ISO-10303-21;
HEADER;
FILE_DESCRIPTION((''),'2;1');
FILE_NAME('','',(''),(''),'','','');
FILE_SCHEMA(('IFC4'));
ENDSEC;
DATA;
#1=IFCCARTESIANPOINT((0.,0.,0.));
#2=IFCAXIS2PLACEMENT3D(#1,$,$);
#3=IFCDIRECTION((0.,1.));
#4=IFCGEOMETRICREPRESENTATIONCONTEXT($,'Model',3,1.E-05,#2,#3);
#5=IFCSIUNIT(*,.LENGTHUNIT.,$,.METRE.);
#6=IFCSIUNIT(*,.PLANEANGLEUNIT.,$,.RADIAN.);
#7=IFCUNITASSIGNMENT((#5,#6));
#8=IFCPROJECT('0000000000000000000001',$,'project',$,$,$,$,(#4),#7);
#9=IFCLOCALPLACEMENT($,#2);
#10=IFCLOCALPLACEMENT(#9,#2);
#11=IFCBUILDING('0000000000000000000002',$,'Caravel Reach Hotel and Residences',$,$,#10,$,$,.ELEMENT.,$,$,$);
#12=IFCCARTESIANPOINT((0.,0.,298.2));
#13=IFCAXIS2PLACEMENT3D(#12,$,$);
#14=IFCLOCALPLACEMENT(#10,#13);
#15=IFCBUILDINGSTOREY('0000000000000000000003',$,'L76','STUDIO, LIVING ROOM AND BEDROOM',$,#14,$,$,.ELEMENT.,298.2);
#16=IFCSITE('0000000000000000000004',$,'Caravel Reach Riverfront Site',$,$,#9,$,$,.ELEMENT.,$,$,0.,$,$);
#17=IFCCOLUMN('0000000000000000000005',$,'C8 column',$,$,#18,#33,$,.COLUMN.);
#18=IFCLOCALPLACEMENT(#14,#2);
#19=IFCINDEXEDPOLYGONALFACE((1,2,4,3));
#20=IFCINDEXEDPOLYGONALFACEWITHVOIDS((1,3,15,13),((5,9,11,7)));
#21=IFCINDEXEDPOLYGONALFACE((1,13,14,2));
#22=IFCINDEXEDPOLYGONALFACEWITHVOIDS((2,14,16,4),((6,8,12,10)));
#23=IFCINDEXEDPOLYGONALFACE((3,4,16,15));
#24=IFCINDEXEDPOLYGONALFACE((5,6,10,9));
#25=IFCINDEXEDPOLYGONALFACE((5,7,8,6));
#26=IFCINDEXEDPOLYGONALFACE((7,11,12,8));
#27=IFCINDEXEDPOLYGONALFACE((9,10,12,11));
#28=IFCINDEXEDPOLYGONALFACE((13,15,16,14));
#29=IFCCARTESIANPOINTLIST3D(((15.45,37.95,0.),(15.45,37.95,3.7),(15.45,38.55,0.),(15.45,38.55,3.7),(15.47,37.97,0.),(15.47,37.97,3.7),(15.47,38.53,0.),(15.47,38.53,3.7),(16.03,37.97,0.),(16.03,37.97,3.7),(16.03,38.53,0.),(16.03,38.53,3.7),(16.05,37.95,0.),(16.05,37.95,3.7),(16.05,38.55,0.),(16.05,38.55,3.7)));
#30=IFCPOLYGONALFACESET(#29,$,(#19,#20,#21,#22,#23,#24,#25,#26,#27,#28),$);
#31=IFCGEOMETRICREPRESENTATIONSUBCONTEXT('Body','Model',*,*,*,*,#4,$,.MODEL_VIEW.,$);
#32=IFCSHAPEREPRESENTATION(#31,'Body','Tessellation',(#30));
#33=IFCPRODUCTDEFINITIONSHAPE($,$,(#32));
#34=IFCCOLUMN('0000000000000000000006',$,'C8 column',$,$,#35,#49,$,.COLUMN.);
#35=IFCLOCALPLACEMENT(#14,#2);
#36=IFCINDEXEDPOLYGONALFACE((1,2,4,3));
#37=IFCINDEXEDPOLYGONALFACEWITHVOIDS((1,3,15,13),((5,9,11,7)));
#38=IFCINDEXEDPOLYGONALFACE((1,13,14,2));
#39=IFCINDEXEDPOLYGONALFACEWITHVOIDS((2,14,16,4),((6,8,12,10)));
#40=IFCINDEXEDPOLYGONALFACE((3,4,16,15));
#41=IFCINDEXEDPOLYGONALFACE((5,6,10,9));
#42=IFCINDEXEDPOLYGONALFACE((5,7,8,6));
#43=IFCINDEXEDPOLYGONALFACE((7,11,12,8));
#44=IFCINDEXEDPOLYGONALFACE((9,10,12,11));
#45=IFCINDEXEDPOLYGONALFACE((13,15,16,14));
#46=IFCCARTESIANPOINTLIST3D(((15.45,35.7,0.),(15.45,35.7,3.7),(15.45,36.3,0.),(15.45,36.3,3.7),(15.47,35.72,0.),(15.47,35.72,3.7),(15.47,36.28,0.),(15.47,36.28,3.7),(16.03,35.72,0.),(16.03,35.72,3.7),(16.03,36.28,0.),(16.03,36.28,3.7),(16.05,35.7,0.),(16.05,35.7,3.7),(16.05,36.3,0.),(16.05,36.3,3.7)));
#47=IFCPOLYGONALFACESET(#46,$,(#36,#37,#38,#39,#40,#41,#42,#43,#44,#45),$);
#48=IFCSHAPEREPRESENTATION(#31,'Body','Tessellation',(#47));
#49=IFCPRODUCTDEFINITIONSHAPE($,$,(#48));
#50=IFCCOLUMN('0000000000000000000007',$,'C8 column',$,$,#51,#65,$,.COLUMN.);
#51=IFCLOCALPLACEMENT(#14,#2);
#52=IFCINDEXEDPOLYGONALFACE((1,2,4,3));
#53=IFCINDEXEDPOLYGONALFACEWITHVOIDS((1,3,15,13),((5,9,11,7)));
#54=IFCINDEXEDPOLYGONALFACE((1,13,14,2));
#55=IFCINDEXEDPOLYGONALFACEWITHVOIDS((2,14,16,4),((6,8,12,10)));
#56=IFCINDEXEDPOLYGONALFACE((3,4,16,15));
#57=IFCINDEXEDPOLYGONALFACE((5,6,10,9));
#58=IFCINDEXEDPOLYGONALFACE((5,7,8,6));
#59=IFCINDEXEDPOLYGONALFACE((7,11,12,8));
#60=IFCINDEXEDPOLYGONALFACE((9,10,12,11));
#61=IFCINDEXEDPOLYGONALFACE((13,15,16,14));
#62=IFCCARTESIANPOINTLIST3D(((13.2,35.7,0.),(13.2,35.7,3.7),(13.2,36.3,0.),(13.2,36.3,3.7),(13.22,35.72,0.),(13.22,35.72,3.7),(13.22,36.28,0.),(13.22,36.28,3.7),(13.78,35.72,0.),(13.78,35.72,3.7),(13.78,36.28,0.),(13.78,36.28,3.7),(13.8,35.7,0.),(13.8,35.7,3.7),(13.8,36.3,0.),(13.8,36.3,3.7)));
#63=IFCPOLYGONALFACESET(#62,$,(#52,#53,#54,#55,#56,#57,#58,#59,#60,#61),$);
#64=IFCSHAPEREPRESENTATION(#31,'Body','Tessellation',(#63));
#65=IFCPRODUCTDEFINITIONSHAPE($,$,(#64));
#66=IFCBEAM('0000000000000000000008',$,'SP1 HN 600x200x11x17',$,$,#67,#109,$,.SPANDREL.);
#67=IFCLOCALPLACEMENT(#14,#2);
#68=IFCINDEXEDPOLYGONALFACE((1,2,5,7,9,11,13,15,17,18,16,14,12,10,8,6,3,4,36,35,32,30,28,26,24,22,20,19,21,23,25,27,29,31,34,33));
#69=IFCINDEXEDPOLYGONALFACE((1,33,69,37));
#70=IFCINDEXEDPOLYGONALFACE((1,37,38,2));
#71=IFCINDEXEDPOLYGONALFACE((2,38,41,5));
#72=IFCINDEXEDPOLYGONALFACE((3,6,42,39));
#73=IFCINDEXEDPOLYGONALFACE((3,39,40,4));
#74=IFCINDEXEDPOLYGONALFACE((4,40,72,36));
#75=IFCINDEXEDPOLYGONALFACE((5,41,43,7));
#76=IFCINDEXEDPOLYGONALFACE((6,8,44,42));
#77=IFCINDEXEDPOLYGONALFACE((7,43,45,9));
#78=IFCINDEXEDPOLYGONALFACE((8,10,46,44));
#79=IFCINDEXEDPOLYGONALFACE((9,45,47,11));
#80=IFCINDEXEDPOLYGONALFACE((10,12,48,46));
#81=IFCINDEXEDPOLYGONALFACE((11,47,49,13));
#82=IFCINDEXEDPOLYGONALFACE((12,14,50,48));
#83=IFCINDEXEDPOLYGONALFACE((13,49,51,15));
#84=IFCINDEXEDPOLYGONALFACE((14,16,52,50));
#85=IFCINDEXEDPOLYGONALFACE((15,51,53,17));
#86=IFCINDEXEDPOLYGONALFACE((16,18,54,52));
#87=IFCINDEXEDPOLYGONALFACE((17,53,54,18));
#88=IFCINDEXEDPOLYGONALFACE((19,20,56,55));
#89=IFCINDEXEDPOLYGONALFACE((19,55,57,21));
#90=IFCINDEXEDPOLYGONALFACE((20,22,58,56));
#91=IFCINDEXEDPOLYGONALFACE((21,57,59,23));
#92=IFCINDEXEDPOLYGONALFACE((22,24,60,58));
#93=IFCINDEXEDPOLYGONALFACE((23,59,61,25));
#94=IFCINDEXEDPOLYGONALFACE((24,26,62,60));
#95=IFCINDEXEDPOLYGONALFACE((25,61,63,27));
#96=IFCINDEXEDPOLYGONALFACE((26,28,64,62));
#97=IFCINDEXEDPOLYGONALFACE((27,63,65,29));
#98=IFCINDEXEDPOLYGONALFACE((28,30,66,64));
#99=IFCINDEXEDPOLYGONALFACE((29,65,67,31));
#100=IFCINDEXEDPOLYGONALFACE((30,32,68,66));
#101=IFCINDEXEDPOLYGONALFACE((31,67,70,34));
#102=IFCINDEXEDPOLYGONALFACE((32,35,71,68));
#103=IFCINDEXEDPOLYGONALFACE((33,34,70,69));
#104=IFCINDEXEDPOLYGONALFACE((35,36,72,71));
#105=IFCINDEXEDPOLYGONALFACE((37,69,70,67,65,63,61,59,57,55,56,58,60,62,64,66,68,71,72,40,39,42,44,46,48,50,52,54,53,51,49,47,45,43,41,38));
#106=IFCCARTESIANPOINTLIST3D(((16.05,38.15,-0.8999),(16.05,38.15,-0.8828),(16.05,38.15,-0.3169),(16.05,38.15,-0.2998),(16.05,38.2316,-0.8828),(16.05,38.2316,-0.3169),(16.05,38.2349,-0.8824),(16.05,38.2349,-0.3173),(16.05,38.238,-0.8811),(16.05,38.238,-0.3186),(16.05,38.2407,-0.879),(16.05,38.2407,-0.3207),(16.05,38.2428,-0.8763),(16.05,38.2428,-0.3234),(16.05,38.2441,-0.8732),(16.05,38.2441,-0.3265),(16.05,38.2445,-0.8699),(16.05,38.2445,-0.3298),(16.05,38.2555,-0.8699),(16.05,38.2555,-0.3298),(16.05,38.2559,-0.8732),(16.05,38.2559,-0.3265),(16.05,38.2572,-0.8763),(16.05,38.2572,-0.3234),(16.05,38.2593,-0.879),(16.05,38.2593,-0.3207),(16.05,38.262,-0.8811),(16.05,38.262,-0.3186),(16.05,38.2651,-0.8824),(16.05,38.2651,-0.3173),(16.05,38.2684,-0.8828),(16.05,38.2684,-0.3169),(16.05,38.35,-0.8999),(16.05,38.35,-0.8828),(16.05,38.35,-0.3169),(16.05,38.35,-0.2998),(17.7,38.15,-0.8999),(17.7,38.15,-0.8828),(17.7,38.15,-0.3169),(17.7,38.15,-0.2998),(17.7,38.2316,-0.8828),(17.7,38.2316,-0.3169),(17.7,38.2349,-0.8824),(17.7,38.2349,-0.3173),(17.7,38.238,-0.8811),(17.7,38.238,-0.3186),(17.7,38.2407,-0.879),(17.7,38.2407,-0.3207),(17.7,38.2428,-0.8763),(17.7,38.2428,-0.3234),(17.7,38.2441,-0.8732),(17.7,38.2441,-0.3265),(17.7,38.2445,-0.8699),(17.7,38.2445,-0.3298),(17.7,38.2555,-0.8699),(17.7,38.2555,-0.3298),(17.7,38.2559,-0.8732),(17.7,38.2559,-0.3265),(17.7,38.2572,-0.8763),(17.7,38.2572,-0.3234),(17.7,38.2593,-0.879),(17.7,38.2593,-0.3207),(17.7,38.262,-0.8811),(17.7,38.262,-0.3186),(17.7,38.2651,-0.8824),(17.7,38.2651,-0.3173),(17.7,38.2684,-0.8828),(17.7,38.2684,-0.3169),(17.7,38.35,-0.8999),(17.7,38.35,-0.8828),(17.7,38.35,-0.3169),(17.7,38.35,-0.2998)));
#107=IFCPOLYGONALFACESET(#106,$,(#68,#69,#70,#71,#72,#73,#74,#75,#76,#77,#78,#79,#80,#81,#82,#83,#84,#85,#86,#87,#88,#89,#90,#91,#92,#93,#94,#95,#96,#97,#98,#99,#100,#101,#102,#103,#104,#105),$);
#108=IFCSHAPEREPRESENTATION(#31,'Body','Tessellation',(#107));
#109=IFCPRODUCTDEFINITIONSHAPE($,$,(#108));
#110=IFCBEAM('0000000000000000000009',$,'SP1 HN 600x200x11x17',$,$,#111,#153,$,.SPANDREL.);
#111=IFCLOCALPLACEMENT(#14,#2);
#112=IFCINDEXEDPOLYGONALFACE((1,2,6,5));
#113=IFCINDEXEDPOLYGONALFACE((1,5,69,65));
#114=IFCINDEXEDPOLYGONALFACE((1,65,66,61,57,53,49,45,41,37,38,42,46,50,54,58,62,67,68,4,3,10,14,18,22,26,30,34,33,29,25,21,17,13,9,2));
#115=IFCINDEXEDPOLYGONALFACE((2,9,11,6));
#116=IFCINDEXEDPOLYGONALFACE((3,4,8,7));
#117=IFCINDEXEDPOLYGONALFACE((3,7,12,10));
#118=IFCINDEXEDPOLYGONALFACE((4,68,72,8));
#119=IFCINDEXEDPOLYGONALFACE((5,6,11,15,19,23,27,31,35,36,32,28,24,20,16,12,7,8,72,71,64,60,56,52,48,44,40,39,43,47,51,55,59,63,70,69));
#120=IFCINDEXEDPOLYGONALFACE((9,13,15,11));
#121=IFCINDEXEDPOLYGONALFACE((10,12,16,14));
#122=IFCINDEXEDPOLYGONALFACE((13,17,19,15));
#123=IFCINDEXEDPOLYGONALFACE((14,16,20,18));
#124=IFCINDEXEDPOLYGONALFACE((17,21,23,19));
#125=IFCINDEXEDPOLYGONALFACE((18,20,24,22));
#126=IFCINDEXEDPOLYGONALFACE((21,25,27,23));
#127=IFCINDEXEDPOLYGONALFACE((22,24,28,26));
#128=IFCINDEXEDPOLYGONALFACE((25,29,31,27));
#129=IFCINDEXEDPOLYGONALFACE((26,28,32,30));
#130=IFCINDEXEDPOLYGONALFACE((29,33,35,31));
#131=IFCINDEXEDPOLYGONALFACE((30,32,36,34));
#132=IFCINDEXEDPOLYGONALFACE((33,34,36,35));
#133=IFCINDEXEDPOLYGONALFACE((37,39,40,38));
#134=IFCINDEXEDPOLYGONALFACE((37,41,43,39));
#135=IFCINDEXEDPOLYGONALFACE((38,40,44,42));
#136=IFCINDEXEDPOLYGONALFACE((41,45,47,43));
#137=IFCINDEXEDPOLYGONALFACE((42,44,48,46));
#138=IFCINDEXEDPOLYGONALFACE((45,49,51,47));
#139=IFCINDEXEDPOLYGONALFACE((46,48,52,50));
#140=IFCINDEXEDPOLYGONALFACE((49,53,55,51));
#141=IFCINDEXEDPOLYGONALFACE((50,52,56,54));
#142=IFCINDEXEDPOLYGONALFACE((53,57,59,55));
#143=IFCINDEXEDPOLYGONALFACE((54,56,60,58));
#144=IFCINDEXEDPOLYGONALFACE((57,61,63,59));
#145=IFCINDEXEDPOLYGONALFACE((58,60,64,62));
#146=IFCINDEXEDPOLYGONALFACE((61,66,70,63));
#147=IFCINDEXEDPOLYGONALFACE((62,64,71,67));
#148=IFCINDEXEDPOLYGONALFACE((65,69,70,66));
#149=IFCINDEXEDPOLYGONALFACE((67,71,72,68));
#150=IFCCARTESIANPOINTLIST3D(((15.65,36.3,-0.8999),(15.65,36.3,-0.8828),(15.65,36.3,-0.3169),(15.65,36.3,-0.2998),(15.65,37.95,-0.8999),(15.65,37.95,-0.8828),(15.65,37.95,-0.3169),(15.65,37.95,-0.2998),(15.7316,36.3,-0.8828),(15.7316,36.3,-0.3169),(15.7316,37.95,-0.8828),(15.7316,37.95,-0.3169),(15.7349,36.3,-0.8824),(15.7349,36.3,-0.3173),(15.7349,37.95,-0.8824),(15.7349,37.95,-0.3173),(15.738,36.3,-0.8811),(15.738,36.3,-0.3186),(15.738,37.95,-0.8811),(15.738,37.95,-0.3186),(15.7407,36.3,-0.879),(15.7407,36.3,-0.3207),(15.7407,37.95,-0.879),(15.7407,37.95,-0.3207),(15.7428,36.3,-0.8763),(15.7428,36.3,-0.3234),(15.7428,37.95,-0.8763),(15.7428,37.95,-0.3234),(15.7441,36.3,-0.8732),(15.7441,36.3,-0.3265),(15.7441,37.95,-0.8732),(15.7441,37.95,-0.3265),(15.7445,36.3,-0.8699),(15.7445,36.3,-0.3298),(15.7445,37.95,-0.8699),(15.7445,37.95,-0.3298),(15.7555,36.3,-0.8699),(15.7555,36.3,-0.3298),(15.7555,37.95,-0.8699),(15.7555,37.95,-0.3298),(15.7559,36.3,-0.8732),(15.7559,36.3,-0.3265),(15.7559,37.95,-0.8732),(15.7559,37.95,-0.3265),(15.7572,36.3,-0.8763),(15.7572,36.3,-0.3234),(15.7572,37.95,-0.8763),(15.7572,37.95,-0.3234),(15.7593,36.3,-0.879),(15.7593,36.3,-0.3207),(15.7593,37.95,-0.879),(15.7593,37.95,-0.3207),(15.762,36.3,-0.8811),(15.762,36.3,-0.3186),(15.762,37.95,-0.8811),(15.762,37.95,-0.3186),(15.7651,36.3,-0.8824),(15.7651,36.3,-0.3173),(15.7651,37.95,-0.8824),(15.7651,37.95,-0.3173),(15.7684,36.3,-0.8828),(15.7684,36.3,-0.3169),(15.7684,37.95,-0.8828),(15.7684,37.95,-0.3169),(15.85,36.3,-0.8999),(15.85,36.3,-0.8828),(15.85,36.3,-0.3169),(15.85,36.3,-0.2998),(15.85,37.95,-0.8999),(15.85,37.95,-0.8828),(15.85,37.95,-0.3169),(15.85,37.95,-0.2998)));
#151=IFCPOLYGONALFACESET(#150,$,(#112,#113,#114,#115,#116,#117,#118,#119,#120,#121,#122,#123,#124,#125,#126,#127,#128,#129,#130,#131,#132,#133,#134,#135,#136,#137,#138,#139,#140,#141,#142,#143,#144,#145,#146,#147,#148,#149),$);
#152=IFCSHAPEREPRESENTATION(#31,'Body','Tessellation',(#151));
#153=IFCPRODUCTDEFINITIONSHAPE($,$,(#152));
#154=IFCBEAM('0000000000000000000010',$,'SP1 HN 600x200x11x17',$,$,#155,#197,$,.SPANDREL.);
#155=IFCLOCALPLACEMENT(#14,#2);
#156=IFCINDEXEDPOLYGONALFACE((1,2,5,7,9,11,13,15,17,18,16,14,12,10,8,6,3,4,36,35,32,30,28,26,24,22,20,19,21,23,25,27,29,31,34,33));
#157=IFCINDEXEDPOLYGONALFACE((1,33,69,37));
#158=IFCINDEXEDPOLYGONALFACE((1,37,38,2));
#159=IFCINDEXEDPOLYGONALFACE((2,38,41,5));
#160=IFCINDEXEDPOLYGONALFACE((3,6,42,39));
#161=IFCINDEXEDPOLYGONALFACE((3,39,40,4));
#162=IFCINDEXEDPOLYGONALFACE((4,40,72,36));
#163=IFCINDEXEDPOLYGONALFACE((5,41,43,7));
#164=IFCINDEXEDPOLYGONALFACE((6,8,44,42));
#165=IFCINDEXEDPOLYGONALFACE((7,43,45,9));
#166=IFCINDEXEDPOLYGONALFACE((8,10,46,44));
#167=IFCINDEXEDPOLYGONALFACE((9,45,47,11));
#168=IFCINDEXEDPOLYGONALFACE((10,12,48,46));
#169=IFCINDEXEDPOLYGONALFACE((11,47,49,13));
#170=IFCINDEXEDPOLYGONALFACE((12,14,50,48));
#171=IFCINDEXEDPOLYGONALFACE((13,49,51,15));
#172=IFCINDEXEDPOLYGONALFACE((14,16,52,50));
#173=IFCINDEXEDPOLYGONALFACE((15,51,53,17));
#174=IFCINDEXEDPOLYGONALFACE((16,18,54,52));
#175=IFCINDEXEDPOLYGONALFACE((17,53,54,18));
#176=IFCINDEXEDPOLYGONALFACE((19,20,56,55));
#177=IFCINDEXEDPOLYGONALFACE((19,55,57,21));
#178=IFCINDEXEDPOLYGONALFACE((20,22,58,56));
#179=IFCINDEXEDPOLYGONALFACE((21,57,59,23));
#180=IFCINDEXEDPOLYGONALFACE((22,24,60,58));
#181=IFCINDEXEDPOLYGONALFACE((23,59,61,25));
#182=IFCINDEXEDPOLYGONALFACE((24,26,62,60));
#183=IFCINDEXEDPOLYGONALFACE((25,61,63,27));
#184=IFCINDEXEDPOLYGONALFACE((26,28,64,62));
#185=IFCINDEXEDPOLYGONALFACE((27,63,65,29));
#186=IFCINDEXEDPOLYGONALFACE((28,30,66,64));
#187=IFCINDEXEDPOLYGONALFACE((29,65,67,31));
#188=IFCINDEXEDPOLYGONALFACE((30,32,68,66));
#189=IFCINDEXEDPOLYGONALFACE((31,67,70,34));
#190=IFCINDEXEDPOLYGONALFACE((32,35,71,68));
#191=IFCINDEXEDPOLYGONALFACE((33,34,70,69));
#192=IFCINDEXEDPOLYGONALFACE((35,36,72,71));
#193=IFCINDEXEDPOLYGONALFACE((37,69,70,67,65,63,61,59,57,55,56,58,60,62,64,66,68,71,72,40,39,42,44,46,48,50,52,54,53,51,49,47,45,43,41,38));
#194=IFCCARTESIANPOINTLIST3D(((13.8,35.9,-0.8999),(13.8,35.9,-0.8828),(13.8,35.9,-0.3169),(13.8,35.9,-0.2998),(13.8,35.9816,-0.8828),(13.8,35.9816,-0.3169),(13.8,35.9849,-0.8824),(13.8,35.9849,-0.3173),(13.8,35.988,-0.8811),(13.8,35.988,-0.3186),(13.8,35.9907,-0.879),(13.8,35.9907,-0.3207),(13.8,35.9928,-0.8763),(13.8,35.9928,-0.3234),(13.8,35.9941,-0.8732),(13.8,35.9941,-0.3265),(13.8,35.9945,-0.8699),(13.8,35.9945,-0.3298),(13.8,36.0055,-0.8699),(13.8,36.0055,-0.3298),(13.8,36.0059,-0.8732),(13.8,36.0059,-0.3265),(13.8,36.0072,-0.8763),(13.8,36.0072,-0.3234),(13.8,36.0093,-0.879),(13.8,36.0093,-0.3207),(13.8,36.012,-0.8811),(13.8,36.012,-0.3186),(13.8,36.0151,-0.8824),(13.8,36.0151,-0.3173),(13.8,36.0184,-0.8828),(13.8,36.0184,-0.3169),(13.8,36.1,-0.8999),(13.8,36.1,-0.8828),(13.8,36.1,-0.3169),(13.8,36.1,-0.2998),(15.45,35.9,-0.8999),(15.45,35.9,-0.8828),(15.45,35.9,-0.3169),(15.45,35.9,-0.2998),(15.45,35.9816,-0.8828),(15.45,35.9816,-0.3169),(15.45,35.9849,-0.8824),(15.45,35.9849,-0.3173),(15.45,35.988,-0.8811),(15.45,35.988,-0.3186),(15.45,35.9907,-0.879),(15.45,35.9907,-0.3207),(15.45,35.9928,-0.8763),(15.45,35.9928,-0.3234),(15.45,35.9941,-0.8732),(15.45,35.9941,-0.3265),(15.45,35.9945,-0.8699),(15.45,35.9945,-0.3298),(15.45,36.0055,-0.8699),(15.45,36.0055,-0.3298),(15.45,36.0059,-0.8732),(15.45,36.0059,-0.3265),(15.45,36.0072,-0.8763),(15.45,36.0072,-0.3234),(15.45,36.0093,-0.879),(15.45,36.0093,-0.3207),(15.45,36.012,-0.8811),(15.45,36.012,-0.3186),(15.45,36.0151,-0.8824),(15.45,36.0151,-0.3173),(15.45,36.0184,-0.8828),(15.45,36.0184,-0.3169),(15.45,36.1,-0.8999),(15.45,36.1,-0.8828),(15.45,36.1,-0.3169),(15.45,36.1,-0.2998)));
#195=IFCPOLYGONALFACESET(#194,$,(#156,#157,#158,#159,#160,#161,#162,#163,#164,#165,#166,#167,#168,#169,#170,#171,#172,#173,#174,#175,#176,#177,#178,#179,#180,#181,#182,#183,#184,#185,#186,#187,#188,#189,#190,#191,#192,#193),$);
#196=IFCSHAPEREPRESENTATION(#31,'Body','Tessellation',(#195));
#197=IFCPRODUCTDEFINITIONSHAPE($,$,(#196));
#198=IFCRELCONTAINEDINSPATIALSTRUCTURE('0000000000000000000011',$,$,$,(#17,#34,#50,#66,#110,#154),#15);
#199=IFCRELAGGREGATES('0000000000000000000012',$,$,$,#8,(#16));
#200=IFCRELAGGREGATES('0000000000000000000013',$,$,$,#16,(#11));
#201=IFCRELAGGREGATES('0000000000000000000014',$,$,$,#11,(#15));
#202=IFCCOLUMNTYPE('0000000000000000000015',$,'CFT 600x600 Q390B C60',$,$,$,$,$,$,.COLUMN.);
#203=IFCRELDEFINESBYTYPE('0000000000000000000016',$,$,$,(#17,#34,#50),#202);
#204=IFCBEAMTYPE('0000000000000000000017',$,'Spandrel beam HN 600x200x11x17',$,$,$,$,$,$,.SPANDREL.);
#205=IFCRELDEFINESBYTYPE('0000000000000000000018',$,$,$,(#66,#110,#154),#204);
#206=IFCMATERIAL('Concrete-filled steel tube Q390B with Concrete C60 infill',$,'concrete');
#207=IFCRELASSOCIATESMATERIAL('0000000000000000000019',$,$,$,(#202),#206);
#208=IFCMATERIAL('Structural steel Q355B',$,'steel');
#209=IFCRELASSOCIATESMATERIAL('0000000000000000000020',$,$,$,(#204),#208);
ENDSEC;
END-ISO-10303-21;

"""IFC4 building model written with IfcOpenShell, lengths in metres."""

from ifc_helpers import new_model, si_unit, direction, frame, origin, origin_2d, place, context, subcontext, project, spatial, hollow_rectangle, i_section, extrude, material, material_profile, profile_set, type_object, element, save


model = new_model("IFC4")

# Units and contexts
model_context = context("Model", 3, precision=1e-05, world=origin(), true_north=direction((0.0, 1.0)))
body_context = subcontext(model_context, "Body", "Model", "MODEL_VIEW")
ifc_project = project(units=[si_unit("LENGTHUNIT", "METRE"), si_unit("PLANEANGLEUNIT", "RADIAN")], contexts=[model_context])

# Site, building, storey
site_placement = place(None, origin())
site = spatial("IfcSite", under=ifc_project, at=site_placement, Name="Caravel Reach Riverfront Site", CompositionType="ELEMENT", RefElevation=0.0)
building_placement = place(site_placement, origin())
building = spatial("IfcBuilding", under=site, at=building_placement, Name="Caravel Reach Hotel and Residences", CompositionType="ELEMENT")
storey_placement = place(building_placement, frame((0.0, 0.0, 298.2)))
storey = spatial("IfcBuildingStorey", under=building, at=storey_placement, Name="L76", Description="STUDIO, LIVING ROOM AND BEDROOM", CompositionType="ELEMENT", Elevation=298.2)

# Columns
ifc_material_1 = material(Name="Concrete-filled steel tube Q390B with Concrete C60 infill", Category="concrete")
ifc_material_profile_1 = material_profile(ifc_material_1, hollow_rectangle(XDim=0.6001, YDim=0.6001, WallThickness=0.02, at=origin_2d()), Name="RHS 600x600x20")
ifc_profile_set_1 = profile_set([ifc_material_profile_1], Name="Concrete-filled steel tube Q390B with Concrete C60 infill")
column_type = type_object("IfcColumnType", Name="CFT 600x600 Q390B C60", PredefinedType="COLUMN", material=ifc_profile_set_1)
for number, where, z_axis, x_axis, name in (
    (1, (15.75, 38.25, 0.0), (0.0, 0.0, 1.0), (1.0, 0.0, 0.0), "C8 column"),
    (2, (15.75, 36.0, 0.0), (0.0, 0.0, 1.0), (1.0, 0.0, 0.0), "C8 column"),
    (3, (13.5, 36.0, 0.0), (0.0, 0.0, 1.0), (1.0, 0.0, 0.0), "C8 column"),
):
    element("IfcColumn", number, at=place(storey_placement, frame(where, z_axis=z_axis, x_axis=x_axis)), inside=storey, type_object=column_type, Name=name, PredefinedType="COLUMN", context=body_context, shape_type="SweptSolid", body=[
        extrude(hollow_rectangle(XDim=0.6001, YDim=0.6001, WallThickness=0.02, at=origin_2d()), origin(), (0.0, 0.0, 1.0), 3.7),
    ])

# Beams
ifc_material_2 = material(Name="Structural steel Q355B", Category="steel")
ifc_material_profile_2 = material_profile(ifc_material_2, i_section(OverallWidth=0.2, OverallDepth=0.6001, WebThickness=0.011, FlangeThickness=0.0171, FilletRadius=0.0129, at=origin_2d()), Name="HN 600x200x11x17")
ifc_profile_set_2 = profile_set([ifc_material_profile_2], Name="Structural steel Q355B")
beam_type = type_object("IfcBeamType", Name="Spandrel beam HN 600x200x11x17", PredefinedType="SPANDREL", material=ifc_profile_set_2)
for number, where, z_axis, x_axis, name in (
    (4, (17.7, 38.25, -0.5999), (-1.0, 0.0, 0.0), (0.0, -1.0, 0.0), "SP1 HN 600x200x11x17"),
    (5, (15.75, 37.95, -0.5999), (0.0, -1.0, 0.0), (1.0, 0.0, 0.0), "SP1 HN 600x200x11x17"),
    (6, (15.45, 36.0, -0.5999), (-1.0, 0.0, 0.0), (0.0, -1.0, 0.0), "SP1 HN 600x200x11x17"),
):
    element("IfcBeam", number, at=place(storey_placement, frame(where, z_axis=z_axis, x_axis=x_axis)), inside=storey, type_object=beam_type, Name=name, PredefinedType="SPANDREL", context=body_context, shape_type="SweptSolid", body=[
        extrude(i_section(OverallWidth=0.2, OverallDepth=0.6001, WebThickness=0.011, FlangeThickness=0.0171, FilletRadius=0.0129, at=origin_2d()), origin(), (0.0, 0.0, 1.0), 1.6499),
    ])

save(model, "model.ifc")
